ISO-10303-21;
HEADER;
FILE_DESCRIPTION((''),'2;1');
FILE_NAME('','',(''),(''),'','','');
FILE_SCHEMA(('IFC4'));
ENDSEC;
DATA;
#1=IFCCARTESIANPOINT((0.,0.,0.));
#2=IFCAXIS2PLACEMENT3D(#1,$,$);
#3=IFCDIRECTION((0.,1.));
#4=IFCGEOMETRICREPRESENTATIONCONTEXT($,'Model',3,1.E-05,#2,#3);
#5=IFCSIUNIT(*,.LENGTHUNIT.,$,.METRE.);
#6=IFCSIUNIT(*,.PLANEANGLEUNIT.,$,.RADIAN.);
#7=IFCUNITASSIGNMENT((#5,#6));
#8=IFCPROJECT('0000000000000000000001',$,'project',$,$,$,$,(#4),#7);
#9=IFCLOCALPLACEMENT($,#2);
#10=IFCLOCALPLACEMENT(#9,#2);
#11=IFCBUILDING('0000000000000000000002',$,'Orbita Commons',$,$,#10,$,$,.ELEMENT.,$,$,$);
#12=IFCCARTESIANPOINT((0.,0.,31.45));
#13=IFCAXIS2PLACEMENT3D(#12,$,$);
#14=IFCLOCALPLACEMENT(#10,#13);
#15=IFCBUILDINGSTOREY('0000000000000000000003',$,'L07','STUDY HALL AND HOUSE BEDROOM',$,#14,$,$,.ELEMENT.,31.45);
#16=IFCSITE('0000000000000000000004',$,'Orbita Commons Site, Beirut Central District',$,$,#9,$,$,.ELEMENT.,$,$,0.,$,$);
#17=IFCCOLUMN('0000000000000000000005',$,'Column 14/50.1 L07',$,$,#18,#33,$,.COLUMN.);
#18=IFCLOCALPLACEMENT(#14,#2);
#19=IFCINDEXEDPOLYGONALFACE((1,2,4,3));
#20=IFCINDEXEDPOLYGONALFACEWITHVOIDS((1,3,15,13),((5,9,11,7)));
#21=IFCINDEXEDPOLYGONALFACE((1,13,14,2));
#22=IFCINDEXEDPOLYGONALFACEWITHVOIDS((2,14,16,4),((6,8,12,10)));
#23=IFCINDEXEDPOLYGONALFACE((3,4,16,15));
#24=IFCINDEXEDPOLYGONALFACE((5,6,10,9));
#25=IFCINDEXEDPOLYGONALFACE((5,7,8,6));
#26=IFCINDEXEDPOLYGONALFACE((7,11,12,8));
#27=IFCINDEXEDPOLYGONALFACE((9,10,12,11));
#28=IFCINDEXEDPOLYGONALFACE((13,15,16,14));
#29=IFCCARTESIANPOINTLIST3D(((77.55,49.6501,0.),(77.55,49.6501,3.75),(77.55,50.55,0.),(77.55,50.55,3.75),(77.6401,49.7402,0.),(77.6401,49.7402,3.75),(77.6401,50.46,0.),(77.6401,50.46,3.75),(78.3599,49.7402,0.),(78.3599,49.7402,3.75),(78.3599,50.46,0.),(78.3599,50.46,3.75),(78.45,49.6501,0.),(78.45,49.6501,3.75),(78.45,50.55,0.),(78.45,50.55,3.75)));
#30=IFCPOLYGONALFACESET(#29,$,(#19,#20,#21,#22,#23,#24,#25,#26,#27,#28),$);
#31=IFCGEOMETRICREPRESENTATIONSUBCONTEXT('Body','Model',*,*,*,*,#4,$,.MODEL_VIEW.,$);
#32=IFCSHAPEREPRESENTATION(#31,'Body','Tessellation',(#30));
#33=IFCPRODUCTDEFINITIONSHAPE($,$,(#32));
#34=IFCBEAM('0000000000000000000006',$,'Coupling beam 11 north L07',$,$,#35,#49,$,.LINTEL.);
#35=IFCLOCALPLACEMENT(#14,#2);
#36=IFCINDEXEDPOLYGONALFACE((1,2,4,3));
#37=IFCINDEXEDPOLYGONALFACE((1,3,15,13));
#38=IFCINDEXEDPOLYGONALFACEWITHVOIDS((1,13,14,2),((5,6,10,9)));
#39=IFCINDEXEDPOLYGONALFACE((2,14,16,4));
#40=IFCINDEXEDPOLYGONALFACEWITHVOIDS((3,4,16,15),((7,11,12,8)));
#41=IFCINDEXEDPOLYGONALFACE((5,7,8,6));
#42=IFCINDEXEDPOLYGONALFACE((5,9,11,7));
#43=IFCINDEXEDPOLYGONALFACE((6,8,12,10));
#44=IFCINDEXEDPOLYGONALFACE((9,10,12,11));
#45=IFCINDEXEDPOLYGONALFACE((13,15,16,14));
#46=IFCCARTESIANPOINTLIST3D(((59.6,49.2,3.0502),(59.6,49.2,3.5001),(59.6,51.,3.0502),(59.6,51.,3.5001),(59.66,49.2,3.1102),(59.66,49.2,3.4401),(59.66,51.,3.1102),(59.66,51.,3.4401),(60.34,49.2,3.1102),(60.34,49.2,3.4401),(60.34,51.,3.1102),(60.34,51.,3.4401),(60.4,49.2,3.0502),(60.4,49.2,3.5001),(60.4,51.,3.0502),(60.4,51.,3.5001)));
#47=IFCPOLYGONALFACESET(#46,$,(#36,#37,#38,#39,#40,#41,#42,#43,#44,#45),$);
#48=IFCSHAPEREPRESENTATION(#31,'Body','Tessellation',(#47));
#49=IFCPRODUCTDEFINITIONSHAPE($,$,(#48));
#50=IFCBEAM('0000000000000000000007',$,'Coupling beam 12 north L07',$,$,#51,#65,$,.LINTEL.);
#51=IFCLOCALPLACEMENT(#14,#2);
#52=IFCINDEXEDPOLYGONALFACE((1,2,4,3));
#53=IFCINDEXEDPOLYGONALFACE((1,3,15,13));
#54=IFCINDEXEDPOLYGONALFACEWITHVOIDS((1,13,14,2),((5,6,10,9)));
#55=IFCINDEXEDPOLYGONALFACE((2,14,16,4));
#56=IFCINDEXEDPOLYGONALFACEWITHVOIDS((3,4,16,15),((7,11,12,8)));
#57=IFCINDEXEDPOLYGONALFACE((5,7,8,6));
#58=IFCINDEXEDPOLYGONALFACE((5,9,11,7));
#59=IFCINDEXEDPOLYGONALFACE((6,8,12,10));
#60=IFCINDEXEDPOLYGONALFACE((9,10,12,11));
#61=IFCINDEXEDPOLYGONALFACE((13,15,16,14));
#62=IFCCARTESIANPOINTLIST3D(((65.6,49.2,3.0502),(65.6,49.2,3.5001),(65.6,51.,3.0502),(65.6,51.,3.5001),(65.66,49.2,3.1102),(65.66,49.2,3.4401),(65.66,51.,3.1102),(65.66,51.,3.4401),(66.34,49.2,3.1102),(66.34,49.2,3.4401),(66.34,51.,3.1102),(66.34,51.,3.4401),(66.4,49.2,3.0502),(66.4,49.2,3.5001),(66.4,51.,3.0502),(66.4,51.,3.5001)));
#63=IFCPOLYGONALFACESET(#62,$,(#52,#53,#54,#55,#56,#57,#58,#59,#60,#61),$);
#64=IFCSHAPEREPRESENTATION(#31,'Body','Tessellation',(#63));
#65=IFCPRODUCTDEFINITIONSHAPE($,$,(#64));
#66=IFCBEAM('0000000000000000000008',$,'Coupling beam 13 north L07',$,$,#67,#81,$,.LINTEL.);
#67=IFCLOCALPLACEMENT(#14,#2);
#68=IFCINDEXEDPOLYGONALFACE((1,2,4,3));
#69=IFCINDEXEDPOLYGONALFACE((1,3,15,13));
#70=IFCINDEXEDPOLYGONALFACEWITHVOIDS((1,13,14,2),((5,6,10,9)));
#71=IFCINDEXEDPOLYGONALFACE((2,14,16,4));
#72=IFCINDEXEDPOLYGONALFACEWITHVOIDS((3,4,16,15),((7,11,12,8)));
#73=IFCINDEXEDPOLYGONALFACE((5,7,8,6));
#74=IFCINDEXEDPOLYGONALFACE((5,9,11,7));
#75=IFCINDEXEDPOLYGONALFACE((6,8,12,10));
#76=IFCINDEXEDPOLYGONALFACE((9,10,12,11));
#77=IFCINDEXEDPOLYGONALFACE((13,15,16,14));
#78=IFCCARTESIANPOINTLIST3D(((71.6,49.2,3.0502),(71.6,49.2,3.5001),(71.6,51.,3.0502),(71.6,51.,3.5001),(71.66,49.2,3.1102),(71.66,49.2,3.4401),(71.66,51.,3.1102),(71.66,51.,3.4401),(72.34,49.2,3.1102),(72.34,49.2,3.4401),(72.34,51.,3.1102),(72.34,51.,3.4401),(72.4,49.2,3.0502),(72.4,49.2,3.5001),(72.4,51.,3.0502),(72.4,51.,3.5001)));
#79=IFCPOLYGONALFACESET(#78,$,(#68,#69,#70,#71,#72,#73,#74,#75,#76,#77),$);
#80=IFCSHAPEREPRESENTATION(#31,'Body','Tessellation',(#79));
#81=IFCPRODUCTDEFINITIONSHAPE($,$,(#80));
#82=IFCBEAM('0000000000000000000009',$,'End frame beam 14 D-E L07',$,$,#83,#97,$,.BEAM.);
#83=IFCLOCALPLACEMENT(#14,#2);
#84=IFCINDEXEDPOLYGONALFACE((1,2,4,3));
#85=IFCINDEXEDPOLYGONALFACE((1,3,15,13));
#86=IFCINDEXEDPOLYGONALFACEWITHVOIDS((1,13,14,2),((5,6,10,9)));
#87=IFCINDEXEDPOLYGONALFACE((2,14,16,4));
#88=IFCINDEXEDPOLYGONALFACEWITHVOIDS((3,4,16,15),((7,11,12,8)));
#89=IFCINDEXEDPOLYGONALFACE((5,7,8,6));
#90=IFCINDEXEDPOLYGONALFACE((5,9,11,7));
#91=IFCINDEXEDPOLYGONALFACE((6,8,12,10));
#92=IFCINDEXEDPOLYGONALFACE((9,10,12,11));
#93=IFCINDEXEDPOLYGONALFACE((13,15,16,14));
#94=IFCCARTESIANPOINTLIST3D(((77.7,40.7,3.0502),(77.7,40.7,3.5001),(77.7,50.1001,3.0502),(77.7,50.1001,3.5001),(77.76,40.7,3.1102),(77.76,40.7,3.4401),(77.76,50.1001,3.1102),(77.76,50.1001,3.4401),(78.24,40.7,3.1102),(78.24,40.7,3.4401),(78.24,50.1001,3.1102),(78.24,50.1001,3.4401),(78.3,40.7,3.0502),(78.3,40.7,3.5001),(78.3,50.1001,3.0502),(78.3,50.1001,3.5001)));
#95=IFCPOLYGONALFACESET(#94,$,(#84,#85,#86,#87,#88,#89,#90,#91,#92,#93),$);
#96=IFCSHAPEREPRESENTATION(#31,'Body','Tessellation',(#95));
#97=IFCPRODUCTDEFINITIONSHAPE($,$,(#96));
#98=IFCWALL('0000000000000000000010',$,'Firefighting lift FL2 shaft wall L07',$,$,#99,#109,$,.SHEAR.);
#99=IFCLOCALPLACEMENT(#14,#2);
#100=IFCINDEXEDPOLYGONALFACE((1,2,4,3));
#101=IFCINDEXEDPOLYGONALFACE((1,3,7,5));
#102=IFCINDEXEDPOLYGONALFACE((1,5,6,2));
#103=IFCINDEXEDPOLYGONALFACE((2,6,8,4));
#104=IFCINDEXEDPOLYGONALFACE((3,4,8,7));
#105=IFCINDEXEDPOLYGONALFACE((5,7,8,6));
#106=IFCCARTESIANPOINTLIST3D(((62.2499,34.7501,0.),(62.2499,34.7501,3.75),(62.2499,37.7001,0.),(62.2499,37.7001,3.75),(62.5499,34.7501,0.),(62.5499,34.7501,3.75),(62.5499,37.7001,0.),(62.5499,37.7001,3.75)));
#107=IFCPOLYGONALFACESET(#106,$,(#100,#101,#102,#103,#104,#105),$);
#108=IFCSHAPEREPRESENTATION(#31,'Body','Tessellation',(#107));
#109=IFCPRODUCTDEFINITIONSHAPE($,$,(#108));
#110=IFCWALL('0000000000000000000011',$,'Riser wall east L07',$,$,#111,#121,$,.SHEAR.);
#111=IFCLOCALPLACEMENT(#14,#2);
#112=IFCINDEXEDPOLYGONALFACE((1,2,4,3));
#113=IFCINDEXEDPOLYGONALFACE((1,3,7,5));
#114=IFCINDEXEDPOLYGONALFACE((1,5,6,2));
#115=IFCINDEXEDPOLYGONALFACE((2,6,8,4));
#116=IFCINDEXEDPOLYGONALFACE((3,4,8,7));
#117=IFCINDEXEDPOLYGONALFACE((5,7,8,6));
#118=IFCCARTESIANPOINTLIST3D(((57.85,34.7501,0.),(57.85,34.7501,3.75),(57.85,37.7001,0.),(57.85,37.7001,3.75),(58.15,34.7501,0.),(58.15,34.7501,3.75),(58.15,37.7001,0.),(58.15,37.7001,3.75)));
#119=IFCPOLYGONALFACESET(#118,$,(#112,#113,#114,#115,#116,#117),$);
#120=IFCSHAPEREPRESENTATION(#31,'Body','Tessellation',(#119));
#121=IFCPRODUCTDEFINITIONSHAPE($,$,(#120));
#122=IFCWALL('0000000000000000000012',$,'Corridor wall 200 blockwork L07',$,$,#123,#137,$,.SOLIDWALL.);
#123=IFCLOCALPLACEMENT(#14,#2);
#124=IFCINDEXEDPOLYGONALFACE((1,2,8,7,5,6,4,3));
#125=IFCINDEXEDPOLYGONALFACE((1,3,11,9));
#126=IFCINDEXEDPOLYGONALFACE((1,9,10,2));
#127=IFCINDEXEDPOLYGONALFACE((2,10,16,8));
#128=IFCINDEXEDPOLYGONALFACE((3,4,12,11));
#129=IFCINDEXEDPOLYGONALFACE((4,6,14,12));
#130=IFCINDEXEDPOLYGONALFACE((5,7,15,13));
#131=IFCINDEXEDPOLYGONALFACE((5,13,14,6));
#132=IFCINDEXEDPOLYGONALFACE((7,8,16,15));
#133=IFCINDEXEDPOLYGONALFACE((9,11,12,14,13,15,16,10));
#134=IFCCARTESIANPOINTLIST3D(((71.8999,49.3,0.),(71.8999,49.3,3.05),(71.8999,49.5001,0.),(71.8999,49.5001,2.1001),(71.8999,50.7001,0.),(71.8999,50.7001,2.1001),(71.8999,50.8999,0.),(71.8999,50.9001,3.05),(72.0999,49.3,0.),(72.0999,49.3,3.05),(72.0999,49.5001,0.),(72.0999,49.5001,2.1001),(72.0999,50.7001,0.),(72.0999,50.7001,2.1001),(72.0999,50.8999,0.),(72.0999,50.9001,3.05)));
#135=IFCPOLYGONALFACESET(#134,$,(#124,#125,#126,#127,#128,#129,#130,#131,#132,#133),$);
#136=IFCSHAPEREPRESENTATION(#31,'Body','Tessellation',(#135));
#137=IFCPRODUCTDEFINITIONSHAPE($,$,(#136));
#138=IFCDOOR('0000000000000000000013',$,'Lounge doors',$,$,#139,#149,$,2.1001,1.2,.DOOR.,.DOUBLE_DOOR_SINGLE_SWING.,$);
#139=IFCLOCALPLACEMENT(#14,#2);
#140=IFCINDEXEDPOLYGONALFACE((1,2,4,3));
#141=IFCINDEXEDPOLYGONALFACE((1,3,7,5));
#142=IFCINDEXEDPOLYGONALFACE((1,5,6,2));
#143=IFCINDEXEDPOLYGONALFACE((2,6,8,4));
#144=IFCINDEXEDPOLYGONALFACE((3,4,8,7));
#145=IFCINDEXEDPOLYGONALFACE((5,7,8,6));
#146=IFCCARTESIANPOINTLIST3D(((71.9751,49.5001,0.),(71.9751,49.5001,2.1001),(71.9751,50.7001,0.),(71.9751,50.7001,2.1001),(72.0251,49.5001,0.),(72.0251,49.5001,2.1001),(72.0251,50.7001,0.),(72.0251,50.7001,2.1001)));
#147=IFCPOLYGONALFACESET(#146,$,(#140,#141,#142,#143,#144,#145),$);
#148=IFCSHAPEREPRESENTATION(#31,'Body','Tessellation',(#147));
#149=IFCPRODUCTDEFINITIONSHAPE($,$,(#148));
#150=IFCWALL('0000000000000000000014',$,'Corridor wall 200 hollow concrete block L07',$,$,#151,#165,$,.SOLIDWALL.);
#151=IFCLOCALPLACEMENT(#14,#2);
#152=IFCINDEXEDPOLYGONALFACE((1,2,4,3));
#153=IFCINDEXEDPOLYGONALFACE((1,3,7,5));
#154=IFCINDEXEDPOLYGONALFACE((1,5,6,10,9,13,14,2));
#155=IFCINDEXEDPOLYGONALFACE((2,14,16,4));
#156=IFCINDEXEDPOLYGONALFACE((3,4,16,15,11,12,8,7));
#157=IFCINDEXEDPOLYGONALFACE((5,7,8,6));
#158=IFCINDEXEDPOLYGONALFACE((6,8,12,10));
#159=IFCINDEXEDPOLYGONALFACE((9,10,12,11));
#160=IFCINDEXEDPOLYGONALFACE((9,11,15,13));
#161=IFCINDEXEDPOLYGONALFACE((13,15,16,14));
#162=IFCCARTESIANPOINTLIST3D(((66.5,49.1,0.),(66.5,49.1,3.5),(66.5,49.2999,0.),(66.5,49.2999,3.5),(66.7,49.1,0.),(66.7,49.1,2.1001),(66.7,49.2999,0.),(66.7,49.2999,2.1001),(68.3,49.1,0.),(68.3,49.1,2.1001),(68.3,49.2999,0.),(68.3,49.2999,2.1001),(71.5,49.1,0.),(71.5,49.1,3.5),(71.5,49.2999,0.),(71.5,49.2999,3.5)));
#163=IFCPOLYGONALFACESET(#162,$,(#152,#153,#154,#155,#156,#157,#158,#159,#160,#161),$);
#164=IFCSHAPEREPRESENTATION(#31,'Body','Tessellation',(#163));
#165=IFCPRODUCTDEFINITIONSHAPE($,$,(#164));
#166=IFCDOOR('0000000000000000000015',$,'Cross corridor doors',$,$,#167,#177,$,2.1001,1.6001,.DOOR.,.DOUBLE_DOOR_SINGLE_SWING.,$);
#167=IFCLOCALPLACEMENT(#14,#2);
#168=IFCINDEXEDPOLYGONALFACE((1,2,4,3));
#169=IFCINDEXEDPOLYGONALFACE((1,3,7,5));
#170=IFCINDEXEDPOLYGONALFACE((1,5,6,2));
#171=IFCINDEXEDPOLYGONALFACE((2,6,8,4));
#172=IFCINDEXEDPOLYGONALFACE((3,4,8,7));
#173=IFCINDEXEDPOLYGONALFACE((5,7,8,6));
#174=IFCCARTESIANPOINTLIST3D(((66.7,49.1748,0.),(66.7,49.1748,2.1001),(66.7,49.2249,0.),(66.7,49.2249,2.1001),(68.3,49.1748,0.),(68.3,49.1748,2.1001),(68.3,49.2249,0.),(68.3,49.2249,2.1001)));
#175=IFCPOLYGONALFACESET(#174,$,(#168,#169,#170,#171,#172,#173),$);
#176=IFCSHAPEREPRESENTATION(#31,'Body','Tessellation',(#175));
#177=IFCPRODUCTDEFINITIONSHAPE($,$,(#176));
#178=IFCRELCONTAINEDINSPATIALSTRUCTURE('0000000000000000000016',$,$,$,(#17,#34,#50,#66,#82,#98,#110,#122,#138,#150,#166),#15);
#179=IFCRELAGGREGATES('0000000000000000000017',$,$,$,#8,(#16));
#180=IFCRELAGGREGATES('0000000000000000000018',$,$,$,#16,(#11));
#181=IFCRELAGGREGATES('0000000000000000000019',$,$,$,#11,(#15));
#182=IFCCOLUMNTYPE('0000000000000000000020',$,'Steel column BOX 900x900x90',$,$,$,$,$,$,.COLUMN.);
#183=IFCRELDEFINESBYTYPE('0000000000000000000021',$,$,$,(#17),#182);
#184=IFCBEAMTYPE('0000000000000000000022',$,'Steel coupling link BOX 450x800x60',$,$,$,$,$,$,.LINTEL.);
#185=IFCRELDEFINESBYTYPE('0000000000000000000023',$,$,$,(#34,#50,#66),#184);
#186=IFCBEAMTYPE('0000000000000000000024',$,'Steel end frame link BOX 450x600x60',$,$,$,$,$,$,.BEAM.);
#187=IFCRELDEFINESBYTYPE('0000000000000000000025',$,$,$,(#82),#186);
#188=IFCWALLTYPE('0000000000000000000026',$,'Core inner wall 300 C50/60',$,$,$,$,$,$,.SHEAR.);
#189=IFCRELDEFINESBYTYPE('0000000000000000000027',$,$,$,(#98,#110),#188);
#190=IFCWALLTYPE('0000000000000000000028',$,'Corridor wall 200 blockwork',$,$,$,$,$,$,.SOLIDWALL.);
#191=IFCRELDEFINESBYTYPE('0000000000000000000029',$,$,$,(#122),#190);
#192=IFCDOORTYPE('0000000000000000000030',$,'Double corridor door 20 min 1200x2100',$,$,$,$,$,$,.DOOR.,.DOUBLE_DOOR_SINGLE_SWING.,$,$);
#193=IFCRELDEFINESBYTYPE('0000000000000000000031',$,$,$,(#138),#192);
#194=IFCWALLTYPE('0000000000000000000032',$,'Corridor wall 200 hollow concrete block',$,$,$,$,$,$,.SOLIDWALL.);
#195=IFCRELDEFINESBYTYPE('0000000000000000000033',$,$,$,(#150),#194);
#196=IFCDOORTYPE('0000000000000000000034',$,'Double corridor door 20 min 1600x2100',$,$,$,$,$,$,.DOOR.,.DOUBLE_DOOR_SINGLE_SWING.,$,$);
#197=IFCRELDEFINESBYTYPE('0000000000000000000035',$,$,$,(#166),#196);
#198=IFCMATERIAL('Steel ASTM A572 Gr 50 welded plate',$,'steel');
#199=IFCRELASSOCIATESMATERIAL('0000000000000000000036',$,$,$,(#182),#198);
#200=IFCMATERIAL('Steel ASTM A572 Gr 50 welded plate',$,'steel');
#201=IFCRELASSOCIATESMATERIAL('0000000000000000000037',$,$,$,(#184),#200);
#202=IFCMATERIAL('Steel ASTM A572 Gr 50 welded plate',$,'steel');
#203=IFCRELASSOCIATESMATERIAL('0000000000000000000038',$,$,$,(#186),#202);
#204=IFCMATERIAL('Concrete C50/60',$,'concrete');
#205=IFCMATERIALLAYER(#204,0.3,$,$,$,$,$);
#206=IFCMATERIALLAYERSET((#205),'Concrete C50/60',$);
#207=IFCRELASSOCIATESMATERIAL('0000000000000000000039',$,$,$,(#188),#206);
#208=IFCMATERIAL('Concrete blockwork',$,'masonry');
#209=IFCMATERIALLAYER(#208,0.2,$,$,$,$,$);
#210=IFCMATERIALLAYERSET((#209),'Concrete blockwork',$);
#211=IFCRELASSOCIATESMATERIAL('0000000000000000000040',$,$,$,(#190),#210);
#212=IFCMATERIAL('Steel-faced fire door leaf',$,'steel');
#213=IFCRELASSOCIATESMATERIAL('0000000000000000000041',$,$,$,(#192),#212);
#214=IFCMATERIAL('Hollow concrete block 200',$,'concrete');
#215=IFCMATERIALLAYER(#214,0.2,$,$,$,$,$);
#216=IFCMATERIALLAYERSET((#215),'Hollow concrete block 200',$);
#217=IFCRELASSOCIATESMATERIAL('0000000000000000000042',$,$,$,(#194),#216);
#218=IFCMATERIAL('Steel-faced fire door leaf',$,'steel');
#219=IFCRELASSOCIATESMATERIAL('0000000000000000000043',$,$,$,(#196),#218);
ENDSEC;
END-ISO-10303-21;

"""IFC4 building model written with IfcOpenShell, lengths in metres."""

from ifc_helpers import new_model, si_unit, direction, frame, frame_2d, origin, origin_2d, place, context, subcontext, project, spatial, polyline, rectangle, hollow_rectangle, outline, extrude, material, layer, layer_set, material_profile, profile_set, type_object, element, fill, save


model = new_model("IFC4")

# Units and contexts
model_context = context("Model", 3, precision=1e-05, world=origin(), true_north=direction((0.0, 1.0)))
body_context = subcontext(model_context, "Body", "Model", "MODEL_VIEW")
ifc_project = project(units=[si_unit("LENGTHUNIT", "METRE"), si_unit("PLANEANGLEUNIT", "RADIAN")], contexts=[model_context])

# Site, building, storey
site_placement = place(None, origin())
site = spatial("IfcSite", under=ifc_project, at=site_placement, Name="Orbita Commons Site, Beirut Central District", CompositionType="ELEMENT", RefElevation=0.0)
building_placement = place(site_placement, origin())
building = spatial("IfcBuilding", under=site, at=building_placement, Name="Orbita Commons", CompositionType="ELEMENT")
storey_placement = place(building_placement, frame((0.0, 0.0, 31.45)))
storey = spatial("IfcBuildingStorey", under=building, at=storey_placement, Name="L07", Description="STUDY HALL AND HOUSE BEDROOM", CompositionType="ELEMENT", Elevation=31.45)

# Column
ifc_material_1 = material(Name="Steel ASTM A572 Gr 50 welded plate", Category="steel")
ifc_material_profile_1 = material_profile(ifc_material_1, hollow_rectangle(XDim=0.8999, YDim=0.8999, WallThickness=0.0901, at=origin_2d()), Name="BOX 900x900x90")
ifc_profile_set_1 = profile_set([ifc_material_profile_1], Name="Steel ASTM A572 Gr 50 welded plate")
column_type = type_object("IfcColumnType", Name="Steel column BOX 900x900x90", PredefinedType="COLUMN", material=ifc_profile_set_1)
column_placement = place(storey_placement, frame((78.0, 50.1001, 0.0), z_axis=(0.0, 0.0, 1.0), x_axis=(1.0, 0.0, 0.0)))
element("IfcColumn", 1, at=column_placement, inside=storey, type_object=column_type, Name="Column 14/50.1 L07", PredefinedType="COLUMN", context=body_context, shape_type="SweptSolid", body=[
    extrude(hollow_rectangle(XDim=0.8999, YDim=0.8999, WallThickness=0.0901, at=origin_2d()), origin(), (0.0, 0.0, 1.0), 3.75),
])

# Beams
ifc_material_2 = material(Name="Steel ASTM A572 Gr 50 welded plate", Category="steel")
ifc_material_profile_2 = material_profile(ifc_material_2, hollow_rectangle(XDim=0.8, YDim=0.45, WallThickness=0.0601, at=origin_2d()), Name="BOX 450x800x60")
ifc_profile_set_2 = profile_set([ifc_material_profile_2], Name="Steel ASTM A572 Gr 50 welded plate")
beam_type_1 = type_object("IfcBeamType", Name="Steel coupling link BOX 450x800x60", PredefinedType="LINTEL", material=ifc_profile_set_2)
for number, where, z_axis, x_axis, name in (
    (2, (60.0, 49.2, 3.2751), (0.0, 1.0, 0.0), (-1.0, 0.0, 0.0), "Coupling beam 11 north L07"),
    (3, (66.0, 49.2, 3.2751), (0.0, 1.0, 0.0), (-1.0, 0.0, 0.0), "Coupling beam 12 north L07"),
    (4, (72.0, 49.2, 3.2751), (0.0, 1.0, 0.0), (-1.0, 0.0, 0.0), "Coupling beam 13 north L07"),
):
    element("IfcBeam", number, at=place(storey_placement, frame(where, z_axis=z_axis, x_axis=x_axis)), inside=storey, type_object=beam_type_1, Name=name, PredefinedType="LINTEL", context=body_context, shape_type="SweptSolid", body=[
        extrude(hollow_rectangle(XDim=0.8, YDim=0.45, WallThickness=0.0601, at=origin_2d()), origin(), (0.0, 0.0, 1.0), 1.8),
    ])
ifc_material_3 = material(Name="Steel ASTM A572 Gr 50 welded plate", Category="steel")
ifc_material_profile_3 = material_profile(ifc_material_3, hollow_rectangle(XDim=0.6001, YDim=0.45, WallThickness=0.0601, at=origin_2d()), Name="BOX 450x600x60")
ifc_profile_set_3 = profile_set([ifc_material_profile_3], Name="Steel ASTM A572 Gr 50 welded plate")
beam_type_2 = type_object("IfcBeamType", Name="Steel end frame link BOX 450x600x60", PredefinedType="BEAM", material=ifc_profile_set_3)
beam_placement = place(storey_placement, frame((78.0, 40.7, 3.2751), z_axis=(0.0, 1.0, 0.0), x_axis=(-1.0, 0.0, 0.0)))
element("IfcBeam", 5, at=beam_placement, inside=storey, type_object=beam_type_2, Name="End frame beam 14 D-E L07", PredefinedType="BEAM", context=body_context, shape_type="SweptSolid", body=[
    extrude(hollow_rectangle(XDim=0.6001, YDim=0.45, WallThickness=0.0601, at=origin_2d()), origin(), (0.0, 0.0, 1.0), 9.4001),
])

# Walls
ifc_material_4 = material(Name="Concrete C50/60", Category="concrete")
ifc_layer_1 = layer(ifc_material_4, 0.3)
ifc_layer_set_1 = layer_set([ifc_layer_1], Name="Concrete C50/60")
wall_type_1 = type_object("IfcWallType", Name="Core inner wall 300 C50/60", PredefinedType="SHEAR", material=ifc_layer_set_1)
for number, where, z_axis, x_axis, name in (
    (6, (62.3999, 34.75, 0.0), (0.0, 0.0, 1.0), (0.0, 1.0, 0.0), "Firefighting lift FL2 shaft wall L07"),
    (7, (58.0, 34.75, 0.0), (0.0, 0.0, 1.0), (0.0, 1.0, 0.0), "Riser wall east L07"),
):
    element("IfcWall", number, at=place(storey_placement, frame(where, z_axis=z_axis, x_axis=x_axis)), inside=storey, type_object=wall_type_1, Name=name, PredefinedType="SHEAR", context=body_context, shape_type="SweptSolid", body=[
        extrude(rectangle(XDim=2.95, YDim=0.3, at=frame_2d((1.4751, 0.0))), origin(), (0.0, 0.0, 1.0), 3.75),
    ])

# Walls, openings, doors
ifc_material_5 = material(Name="Concrete blockwork", Category="masonry")
ifc_layer_2 = layer(ifc_material_5, 0.2)
ifc_layer_set_2 = layer_set([ifc_layer_2], Name="Concrete blockwork")
wall_type_2 = type_object("IfcWallType", Name="Corridor wall 200 blockwork", PredefinedType="SOLIDWALL", material=ifc_layer_set_2)
wall_1_placement = place(storey_placement, frame((72.0, 49.3, 0.0), z_axis=(0.0, 0.0, 1.0), x_axis=(0.0, 1.0, 0.0)))
wall_1 = element("IfcWall", 8, at=wall_1_placement, inside=storey, type_object=wall_type_2, Name="Corridor wall 200 blockwork L07", PredefinedType="SOLIDWALL", context=body_context, shape_type="SweptSolid", body=[
    extrude(outline(polyline([(0.0, 0.0), (1.5999, 0.0), (1.6001, 3.05), (0.0, 3.05), (0.0, 0.0)])), frame((0.0, 0.1001, 0.0), z_axis=(0.0, -1.0, 0.0), x_axis=(1.0, 0.0, 0.0)), (0.0, 0.0, 1.0), 0.2),
])
opening_1_placement = place(wall_1_placement, frame((0.2, 0.0, 0.0)))
opening_1 = element("IfcOpeningElement", 9, at=opening_1_placement, cuts=wall_1, PredefinedType="OPENING", context=body_context, shape_type="SweptSolid", body=[
    extrude(rectangle(XDim=1.2, YDim=2.1001, at=frame_2d((0.6001, 1.05))), frame((0.0, 0.1099, 0.0), z_axis=(0.0, -1.0, 0.0), x_axis=(1.0, 0.0, 0.0)), (0.0, 0.0, 1.0), 0.22),
])
ifc_material_6 = material(Name="Steel-faced fire door leaf", Category="steel")
door_type_1 = type_object("IfcDoorType", Name="Double corridor door 20 min 1200x2100", OperationType="DOUBLE_DOOR_SINGLE_SWING", PredefinedType="DOOR", material=ifc_material_6)
door_1_placement = place(opening_1_placement, origin())
door_1 = element("IfcDoor", 10, at=door_1_placement, inside=storey, type_object=door_type_1, Name="Lounge doors", OperationType="DOUBLE_DOOR_SINGLE_SWING", OverallHeight=2.1001, OverallWidth=1.2, PredefinedType="DOOR", context=body_context, shape_type="SweptSolid", body=[
    extrude(rectangle(XDim=1.2, YDim=2.1001, at=frame_2d((0.6001, 1.05))), frame((0.0, 0.0249, 0.0), z_axis=(0.0, -1.0, 0.0), x_axis=(1.0, 0.0, 0.0)), (0.0, 0.0, 1.0), 0.05),
])
fill(opening_1, door_1)
ifc_material_7 = material(Name="Hollow concrete block 200", Category="concrete")
ifc_layer_3 = layer(ifc_material_7, 0.2)
ifc_layer_set_3 = layer_set([ifc_layer_3], Name="Hollow concrete block 200")
wall_type_3 = type_object("IfcWallType", Name="Corridor wall 200 hollow concrete block", PredefinedType="SOLIDWALL", material=ifc_layer_set_3)
wall_2_placement = place(storey_placement, frame((66.5, 49.2, 0.0), z_axis=(0.0, 0.0, 1.0), x_axis=(1.0, 0.0, 0.0)))
wall_2 = element("IfcWall", 11, at=wall_2_placement, inside=storey, type_object=wall_type_3, Name="Corridor wall 200 hollow concrete block L07", PredefinedType="SOLIDWALL", context=body_context, shape_type="SweptSolid", body=[
    extrude(rectangle(XDim=5.0, YDim=0.2, at=frame_2d((2.5, 0.0))), origin(), (0.0, 0.0, 1.0), 3.5),
])
opening_2_placement = place(wall_2_placement, frame((0.2, 0.0, 0.0)))
opening_2 = element("IfcOpeningElement", 12, at=opening_2_placement, cuts=wall_2, PredefinedType="OPENING", context=body_context, shape_type="SweptSolid", body=[
    extrude(rectangle(XDim=1.6001, YDim=2.1001, at=frame_2d((0.8, 1.05))), frame((0.0, 0.1099, 0.0), z_axis=(0.0, -1.0, 0.0), x_axis=(1.0, 0.0, 0.0)), (0.0, 0.0, 1.0), 0.22),
])
ifc_material_8 = material(Name="Steel-faced fire door leaf", Category="steel")
door_type_2 = type_object("IfcDoorType", Name="Double corridor door 20 min 1600x2100", OperationType="DOUBLE_DOOR_SINGLE_SWING", PredefinedType="DOOR", material=ifc_material_8)
door_2_placement = place(opening_2_placement, origin())
door_2 = element("IfcDoor", 13, at=door_2_placement, inside=storey, type_object=door_type_2, Name="Cross corridor doors", OperationType="DOUBLE_DOOR_SINGLE_SWING", OverallHeight=2.1001, OverallWidth=1.6001, PredefinedType="DOOR", context=body_context, shape_type="SweptSolid", body=[
    extrude(rectangle(XDim=1.6001, YDim=2.1001, at=frame_2d((0.8, 1.05))), frame((0.0, 0.0249, 0.0), z_axis=(0.0, -1.0, 0.0), x_axis=(1.0, 0.0, 0.0)), (0.0, 0.0, 1.0), 0.05),
])
fill(opening_2, door_2)

save(model, "model.ifc")
